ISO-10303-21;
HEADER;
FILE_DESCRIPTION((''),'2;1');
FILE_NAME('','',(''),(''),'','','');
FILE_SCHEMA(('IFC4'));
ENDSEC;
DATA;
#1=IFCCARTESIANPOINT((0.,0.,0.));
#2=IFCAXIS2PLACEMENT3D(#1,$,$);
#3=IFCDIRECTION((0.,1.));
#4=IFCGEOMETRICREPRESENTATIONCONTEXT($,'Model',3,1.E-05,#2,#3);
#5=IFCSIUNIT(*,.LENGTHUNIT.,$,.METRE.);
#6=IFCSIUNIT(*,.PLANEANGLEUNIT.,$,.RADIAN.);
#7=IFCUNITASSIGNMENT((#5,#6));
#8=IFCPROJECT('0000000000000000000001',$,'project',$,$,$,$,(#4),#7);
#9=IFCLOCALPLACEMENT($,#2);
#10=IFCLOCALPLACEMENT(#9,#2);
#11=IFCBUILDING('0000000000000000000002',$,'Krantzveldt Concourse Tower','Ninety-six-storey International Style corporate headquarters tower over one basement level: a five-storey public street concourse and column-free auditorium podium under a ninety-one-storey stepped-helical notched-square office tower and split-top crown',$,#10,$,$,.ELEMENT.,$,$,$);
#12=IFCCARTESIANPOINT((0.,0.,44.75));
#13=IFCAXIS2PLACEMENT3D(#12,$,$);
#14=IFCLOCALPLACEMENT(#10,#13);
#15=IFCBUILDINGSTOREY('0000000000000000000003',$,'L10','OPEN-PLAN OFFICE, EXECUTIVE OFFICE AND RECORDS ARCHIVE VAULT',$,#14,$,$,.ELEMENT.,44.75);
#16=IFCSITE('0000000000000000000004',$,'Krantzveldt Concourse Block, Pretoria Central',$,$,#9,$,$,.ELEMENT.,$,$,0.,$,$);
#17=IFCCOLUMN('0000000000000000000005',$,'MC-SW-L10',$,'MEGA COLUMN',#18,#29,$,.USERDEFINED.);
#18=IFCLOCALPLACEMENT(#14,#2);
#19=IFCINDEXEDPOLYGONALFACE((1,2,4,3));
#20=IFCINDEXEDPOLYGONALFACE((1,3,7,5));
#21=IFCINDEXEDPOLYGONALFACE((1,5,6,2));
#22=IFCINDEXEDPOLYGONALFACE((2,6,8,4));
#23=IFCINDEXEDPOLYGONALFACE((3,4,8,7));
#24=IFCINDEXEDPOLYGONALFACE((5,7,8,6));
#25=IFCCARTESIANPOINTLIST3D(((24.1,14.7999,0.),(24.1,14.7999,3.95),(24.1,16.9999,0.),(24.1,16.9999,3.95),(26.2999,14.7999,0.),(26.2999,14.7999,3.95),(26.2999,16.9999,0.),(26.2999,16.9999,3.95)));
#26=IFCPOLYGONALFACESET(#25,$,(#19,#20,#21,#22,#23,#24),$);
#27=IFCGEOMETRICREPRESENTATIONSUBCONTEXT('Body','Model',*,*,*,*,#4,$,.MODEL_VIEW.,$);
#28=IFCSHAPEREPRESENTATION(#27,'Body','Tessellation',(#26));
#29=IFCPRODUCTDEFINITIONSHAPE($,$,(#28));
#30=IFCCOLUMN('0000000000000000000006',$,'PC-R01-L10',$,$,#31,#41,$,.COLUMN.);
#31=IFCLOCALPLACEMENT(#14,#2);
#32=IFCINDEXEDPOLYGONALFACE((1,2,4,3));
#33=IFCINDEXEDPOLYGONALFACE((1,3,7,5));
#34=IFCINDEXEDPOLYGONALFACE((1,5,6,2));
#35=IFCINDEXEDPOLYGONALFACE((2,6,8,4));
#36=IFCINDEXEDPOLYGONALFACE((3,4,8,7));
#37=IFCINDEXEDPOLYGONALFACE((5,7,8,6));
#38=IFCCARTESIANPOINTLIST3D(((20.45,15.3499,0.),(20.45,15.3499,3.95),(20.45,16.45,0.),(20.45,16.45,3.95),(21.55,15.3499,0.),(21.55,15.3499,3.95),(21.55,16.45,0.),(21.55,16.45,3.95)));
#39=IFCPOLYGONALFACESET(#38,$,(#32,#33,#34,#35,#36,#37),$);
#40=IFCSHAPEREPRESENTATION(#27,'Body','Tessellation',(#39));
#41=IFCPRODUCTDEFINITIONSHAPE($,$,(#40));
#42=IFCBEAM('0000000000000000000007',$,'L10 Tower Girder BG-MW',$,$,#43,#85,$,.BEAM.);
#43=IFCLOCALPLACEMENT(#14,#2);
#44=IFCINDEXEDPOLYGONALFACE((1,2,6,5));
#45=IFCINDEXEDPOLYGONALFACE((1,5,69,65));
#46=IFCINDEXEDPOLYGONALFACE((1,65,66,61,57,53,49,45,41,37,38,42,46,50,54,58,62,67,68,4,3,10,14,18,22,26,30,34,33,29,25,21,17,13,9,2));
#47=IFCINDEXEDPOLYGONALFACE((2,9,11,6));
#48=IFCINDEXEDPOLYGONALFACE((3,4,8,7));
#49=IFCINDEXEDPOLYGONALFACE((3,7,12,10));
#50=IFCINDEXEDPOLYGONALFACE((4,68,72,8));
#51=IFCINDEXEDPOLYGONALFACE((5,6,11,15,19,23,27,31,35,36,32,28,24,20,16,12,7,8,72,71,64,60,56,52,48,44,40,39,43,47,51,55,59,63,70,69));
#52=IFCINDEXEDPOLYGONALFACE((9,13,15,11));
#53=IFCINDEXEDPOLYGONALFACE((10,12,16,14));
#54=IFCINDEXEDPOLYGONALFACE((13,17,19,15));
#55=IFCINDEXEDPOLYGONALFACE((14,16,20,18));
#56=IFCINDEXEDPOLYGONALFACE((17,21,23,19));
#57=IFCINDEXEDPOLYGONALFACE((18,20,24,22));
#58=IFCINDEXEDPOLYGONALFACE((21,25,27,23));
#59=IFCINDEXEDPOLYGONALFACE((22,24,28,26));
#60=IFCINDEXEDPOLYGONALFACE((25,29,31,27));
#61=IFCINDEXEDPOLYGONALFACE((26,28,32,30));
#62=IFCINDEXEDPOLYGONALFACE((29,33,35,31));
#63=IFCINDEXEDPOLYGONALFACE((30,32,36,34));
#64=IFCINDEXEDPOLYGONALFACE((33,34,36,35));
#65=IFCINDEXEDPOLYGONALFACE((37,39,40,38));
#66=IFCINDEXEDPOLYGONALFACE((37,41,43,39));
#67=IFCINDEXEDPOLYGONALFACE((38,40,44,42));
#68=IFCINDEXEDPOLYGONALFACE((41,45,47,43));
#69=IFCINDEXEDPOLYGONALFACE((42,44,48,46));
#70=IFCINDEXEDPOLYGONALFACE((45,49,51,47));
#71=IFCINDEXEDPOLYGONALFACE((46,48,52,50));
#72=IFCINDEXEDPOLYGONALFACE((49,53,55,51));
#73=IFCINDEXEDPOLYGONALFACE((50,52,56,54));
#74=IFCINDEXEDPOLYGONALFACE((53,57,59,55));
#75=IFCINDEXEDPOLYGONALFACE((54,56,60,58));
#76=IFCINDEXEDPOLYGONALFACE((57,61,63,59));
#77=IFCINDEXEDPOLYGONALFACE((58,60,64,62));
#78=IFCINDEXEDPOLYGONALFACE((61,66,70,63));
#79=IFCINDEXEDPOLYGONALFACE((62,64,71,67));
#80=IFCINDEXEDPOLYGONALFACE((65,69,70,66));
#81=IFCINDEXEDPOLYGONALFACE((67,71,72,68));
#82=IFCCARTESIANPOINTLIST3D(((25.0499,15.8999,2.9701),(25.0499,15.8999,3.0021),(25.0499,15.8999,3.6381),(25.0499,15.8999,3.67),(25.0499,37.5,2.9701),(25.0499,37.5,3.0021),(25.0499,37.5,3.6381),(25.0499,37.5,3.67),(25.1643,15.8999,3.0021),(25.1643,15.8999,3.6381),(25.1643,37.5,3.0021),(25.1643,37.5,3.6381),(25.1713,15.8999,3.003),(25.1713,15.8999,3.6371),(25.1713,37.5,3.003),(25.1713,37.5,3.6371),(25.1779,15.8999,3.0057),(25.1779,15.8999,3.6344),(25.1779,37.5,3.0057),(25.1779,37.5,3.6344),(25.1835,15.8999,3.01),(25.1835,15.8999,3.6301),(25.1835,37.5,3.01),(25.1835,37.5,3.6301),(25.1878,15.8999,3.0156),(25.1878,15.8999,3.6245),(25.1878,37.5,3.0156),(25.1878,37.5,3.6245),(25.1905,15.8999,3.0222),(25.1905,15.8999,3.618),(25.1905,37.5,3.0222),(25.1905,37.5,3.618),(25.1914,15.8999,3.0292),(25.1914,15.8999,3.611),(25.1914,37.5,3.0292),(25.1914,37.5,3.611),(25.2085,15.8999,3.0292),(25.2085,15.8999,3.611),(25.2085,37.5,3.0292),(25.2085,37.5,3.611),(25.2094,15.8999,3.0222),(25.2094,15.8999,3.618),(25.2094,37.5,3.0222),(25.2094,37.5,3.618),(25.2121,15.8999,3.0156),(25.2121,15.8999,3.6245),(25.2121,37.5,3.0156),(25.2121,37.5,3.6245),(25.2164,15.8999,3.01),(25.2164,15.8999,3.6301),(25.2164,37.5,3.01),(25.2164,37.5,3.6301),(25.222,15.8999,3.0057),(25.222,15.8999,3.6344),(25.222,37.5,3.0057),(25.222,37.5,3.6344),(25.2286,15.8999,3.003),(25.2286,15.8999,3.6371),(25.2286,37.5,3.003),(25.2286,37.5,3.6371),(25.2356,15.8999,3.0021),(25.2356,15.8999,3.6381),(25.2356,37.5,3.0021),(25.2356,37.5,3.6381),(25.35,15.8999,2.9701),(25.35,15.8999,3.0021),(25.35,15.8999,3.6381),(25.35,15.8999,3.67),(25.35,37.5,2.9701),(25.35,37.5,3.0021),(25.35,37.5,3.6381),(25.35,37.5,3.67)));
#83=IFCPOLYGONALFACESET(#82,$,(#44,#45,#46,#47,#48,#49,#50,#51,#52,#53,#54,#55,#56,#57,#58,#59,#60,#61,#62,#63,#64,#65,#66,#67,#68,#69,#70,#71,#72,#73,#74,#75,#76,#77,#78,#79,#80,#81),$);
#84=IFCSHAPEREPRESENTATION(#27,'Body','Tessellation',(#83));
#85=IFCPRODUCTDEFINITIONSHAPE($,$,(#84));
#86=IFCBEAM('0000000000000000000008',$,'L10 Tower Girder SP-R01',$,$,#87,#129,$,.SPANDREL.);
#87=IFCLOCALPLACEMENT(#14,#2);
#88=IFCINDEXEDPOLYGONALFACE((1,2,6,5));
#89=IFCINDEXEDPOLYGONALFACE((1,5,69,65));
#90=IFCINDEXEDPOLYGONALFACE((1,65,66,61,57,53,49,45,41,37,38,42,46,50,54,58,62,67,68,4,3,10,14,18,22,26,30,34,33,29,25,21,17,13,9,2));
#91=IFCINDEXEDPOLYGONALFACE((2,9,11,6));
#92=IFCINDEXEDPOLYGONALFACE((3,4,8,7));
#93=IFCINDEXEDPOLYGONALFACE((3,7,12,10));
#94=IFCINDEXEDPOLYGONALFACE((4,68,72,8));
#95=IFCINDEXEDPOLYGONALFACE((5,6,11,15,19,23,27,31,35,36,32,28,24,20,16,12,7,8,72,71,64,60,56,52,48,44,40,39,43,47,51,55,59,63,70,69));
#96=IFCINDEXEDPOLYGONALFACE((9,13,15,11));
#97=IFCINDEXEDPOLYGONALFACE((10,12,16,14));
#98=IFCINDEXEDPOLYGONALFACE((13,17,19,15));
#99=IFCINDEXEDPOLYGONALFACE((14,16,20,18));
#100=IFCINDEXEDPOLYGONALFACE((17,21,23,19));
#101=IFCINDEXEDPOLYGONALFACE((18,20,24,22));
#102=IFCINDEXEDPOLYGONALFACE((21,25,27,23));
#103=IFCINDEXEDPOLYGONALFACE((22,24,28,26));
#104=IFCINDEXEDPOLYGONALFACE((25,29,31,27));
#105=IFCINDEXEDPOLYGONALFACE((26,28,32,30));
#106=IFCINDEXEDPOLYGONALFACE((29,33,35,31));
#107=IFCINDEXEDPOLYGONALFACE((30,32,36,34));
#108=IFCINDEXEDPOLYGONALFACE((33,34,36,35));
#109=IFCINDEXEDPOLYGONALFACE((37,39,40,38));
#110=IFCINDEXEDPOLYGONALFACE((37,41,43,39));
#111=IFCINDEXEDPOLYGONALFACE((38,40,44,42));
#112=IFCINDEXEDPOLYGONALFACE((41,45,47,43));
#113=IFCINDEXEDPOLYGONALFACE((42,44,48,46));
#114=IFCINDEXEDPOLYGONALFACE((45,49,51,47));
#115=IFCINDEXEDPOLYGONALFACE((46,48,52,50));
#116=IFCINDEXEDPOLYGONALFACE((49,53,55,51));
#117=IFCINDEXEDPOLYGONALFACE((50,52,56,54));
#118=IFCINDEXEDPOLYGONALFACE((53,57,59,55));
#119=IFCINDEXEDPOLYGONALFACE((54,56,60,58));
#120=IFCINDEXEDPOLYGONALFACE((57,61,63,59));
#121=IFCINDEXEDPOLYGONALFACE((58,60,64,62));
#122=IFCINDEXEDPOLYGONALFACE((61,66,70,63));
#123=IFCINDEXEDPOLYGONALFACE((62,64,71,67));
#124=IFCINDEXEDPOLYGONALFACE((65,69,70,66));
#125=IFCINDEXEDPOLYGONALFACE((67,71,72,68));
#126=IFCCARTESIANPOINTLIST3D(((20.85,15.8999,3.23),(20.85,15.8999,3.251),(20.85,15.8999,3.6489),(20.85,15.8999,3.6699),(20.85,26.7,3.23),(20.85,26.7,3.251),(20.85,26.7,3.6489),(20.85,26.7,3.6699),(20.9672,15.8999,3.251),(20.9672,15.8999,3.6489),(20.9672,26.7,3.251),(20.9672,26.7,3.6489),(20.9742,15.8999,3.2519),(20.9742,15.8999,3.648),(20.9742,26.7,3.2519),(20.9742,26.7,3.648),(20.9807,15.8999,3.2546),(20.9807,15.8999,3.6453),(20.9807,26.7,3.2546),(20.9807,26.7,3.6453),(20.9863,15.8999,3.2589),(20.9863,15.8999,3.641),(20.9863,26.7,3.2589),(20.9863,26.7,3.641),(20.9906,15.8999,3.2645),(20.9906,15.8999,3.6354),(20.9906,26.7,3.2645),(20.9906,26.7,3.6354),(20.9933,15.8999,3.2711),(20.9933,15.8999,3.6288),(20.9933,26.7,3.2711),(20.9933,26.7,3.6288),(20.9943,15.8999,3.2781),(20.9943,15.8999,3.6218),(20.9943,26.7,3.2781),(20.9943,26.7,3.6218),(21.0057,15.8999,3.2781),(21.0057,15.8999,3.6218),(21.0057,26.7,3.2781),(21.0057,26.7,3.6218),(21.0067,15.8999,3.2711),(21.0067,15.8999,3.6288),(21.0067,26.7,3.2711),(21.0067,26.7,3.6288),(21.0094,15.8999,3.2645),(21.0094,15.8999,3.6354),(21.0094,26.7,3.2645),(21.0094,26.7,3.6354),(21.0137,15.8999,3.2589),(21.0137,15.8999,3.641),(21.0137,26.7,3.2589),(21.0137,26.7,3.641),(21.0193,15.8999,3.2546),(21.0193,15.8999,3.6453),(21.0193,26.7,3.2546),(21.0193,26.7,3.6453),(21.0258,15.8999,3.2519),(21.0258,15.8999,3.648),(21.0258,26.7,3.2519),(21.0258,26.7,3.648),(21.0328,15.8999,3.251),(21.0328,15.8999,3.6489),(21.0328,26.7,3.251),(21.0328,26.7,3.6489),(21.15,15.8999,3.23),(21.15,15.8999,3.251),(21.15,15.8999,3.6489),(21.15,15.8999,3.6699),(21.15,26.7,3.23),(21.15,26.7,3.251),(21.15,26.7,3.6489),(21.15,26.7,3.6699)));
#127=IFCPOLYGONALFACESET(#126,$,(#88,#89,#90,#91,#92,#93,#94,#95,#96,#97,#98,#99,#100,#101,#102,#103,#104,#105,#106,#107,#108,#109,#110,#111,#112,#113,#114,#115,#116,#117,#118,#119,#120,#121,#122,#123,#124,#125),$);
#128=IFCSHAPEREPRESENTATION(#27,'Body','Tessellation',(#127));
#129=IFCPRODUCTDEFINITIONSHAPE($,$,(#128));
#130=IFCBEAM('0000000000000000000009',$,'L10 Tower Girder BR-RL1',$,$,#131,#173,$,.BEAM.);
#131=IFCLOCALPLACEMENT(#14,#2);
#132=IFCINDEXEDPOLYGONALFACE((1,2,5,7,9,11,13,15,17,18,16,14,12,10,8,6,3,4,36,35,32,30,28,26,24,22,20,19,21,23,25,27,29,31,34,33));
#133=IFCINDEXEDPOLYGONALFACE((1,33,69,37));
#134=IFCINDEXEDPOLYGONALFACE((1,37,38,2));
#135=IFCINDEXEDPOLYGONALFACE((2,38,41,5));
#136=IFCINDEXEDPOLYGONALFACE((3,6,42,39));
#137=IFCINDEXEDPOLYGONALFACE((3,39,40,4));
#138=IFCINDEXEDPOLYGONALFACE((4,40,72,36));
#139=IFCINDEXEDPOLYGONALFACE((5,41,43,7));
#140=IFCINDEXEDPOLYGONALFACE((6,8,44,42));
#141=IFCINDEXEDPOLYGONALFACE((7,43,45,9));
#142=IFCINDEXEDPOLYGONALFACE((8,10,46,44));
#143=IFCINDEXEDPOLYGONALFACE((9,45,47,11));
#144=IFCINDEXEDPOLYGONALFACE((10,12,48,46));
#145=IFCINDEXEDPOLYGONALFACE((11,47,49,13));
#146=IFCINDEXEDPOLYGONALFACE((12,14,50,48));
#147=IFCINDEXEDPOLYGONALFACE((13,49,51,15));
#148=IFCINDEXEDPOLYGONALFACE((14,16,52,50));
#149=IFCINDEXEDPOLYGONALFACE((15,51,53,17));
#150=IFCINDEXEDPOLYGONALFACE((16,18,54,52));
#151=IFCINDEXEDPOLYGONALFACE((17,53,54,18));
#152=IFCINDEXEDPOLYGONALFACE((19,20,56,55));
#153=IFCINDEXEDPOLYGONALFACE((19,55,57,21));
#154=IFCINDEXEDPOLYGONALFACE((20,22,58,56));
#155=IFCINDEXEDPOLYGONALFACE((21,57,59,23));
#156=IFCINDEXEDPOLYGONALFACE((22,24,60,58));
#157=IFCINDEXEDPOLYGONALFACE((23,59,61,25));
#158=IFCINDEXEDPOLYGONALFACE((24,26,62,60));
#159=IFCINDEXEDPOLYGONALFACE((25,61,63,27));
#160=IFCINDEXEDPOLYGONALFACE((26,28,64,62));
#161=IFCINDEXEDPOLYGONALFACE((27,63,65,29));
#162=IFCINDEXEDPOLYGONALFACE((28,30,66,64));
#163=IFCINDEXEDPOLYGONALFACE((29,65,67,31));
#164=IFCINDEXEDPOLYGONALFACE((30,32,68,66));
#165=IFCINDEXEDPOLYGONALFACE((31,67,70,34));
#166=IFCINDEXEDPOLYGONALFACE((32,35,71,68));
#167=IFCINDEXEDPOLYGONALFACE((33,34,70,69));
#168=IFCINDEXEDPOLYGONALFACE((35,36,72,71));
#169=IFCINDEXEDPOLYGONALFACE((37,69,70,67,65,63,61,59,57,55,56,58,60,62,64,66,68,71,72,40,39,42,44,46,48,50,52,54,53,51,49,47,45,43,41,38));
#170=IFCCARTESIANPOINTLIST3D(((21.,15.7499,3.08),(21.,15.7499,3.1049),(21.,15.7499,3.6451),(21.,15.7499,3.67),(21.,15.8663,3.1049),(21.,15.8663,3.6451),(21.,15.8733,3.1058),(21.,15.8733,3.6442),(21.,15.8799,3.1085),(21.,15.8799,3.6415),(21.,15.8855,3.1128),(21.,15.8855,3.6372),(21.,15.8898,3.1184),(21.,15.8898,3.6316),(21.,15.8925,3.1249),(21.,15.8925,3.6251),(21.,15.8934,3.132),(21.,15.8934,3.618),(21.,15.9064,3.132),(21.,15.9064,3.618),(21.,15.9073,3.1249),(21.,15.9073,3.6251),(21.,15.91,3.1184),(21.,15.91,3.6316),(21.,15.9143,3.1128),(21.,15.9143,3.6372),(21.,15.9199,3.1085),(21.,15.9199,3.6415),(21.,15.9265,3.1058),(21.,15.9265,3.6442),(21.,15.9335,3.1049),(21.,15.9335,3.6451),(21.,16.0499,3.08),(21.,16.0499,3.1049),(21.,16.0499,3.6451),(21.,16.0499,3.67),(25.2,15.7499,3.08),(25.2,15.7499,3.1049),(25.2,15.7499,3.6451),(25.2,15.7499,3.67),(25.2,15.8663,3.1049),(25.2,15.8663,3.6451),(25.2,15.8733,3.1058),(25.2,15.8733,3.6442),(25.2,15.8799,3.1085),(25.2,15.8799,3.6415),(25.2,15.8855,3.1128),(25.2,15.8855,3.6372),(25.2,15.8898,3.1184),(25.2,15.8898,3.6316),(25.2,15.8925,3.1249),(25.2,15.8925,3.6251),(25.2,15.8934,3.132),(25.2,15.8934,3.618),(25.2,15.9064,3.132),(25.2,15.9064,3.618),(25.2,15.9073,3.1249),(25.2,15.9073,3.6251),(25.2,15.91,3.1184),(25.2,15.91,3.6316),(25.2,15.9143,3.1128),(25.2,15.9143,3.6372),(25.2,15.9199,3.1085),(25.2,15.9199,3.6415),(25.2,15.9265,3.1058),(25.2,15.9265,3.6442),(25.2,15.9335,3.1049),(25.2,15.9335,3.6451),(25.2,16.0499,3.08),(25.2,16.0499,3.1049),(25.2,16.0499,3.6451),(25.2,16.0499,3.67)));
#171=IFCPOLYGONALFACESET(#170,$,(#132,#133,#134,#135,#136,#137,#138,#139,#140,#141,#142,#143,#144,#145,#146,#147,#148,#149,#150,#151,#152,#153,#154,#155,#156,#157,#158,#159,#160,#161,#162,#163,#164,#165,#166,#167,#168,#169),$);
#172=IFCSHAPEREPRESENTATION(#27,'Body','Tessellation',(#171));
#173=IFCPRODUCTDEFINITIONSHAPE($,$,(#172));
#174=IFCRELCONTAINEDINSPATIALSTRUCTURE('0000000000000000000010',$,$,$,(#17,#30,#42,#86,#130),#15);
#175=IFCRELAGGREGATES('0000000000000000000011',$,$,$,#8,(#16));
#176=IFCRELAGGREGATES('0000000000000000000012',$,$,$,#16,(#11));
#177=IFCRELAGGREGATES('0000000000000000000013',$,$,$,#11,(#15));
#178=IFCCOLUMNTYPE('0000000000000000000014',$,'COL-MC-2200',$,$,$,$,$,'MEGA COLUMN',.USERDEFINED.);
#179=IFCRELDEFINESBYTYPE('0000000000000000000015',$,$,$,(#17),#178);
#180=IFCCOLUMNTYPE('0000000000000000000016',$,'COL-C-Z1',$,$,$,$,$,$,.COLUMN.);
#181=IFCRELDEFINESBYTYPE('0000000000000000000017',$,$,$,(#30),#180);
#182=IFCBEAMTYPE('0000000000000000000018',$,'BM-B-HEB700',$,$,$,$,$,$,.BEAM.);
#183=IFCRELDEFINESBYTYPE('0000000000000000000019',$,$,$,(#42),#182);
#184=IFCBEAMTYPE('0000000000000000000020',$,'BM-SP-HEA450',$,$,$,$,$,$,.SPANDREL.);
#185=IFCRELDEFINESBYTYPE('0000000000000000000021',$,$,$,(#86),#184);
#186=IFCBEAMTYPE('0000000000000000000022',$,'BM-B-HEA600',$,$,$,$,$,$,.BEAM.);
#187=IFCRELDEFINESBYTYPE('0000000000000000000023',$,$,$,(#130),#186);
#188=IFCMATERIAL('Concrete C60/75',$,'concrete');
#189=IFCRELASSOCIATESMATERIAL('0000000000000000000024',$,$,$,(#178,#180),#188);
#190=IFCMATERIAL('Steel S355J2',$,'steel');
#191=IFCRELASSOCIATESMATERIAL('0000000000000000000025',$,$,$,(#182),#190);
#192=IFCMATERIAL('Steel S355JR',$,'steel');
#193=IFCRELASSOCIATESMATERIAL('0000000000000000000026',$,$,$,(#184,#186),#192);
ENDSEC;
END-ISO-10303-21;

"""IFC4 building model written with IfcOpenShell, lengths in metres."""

from ifc_helpers import new_model, si_unit, direction, frame, origin, origin_2d, place, context, subcontext, project, spatial, rectangle, i_section, extrude, source, transform, mapped, material, material_profile, profile_set, type_object, type_shapes, element, save


model = new_model("IFC4")

# Units and contexts
model_context = context("Model", 3, precision=1e-05, world=origin(), true_north=direction((0.0, 1.0)))
body_context = subcontext(model_context, "Body", "Model", "MODEL_VIEW")
ifc_project = project(units=[si_unit("LENGTHUNIT", "METRE"), si_unit("PLANEANGLEUNIT", "RADIAN")], contexts=[model_context])

# Site, building, storey
site_placement = place(None, origin())
site = spatial("IfcSite", under=ifc_project, at=site_placement, Name="Krantzveldt Concourse Block, Pretoria Central", CompositionType="ELEMENT", RefElevation=0.0)
building_placement = place(site_placement, origin())
building = spatial("IfcBuilding", under=site, at=building_placement, Name="Krantzveldt Concourse Tower", Description="Ninety-six-storey International Style corporate headquarters tower over one basement level: a five-storey public street concourse and column-free auditorium podium under a ninety-one-storey stepped-helical notched-square office tower and split-top crown", CompositionType="ELEMENT")
storey_placement = place(building_placement, frame((0.0, 0.0, 44.75)))
storey = spatial("IfcBuildingStorey", under=building, at=storey_placement, Name="L10", Description="OPEN-PLAN OFFICE, EXECUTIVE OFFICE AND RECORDS ARCHIVE VAULT", CompositionType="ELEMENT", Elevation=44.75)

# Columns
ifc_material_1 = material(Name="Concrete C60/75", Category="concrete")
ifc_material_profile_1 = material_profile(ifc_material_1, rectangle(XDim=2.2, YDim=2.2, at=origin_2d()), Name="Concrete C60/75", Category="concrete")
ifc_profile_set_1 = profile_set([ifc_material_profile_1], Name="Concrete C60/75 - RC 2200x2200")
column_type_1 = type_object("IfcColumnType", Name="COL-MC-2200", ElementType="MEGA COLUMN", PredefinedType="USERDEFINED", material=ifc_profile_set_1)
shared_shape_1 = source(origin(), body_context, "Body", "SweptSolid", [
    extrude(rectangle(XDim=2.2, YDim=2.2, at=origin_2d()), origin(), (0.0, 0.0, 1.0), 3.95),
])
type_shapes(column_type_1, [shared_shape_1])
column_1_placement = place(storey_placement, frame((25.2, 15.8999, 0.0), z_axis=(0.0, 0.0, 1.0), x_axis=(1.0, 0.0, 0.0)))
element("IfcColumn", 1, at=column_1_placement, inside=storey, type_object=column_type_1, Name="MC-SW-L10", ObjectType="MEGA COLUMN", PredefinedType="USERDEFINED", context=body_context, shape_type="MappedRepresentation", body=[
    mapped(shared_shape_1, transform((0.0, 0.0, 0.0), x_axis=(1.0, 0.0, 0.0), y_axis=(0.0, 1.0, 0.0), z_axis=(0.0, 0.0, 1.0), scale=1.0)),
])
ifc_material_profile_2 = material_profile(ifc_material_1, rectangle(XDim=1.1001, YDim=1.1001, at=origin_2d()), Name="Concrete C60/75", Category="concrete")
ifc_profile_set_2 = profile_set([ifc_material_profile_2], Name="Concrete C60/75 - RC 1100x1100")
column_type_2 = type_object("IfcColumnType", Name="COL-C-Z1", PredefinedType="COLUMN", material=ifc_profile_set_2)
shared_shape_2 = source(origin(), body_context, "Body", "SweptSolid", [
    extrude(rectangle(XDim=1.1001, YDim=1.1001, at=origin_2d()), origin(), (0.0, 0.0, 1.0), 3.95),
])
type_shapes(column_type_2, [shared_shape_2])
column_2_placement = place(storey_placement, frame((21.0, 15.8999, 0.0), z_axis=(0.0, 0.0, 1.0), x_axis=(1.0, 0.0, 0.0)))
element("IfcColumn", 2, at=column_2_placement, inside=storey, type_object=column_type_2, Name="PC-R01-L10", PredefinedType="COLUMN", context=body_context, shape_type="MappedRepresentation", body=[
    mapped(shared_shape_2, transform((0.0, 0.0, 0.0), x_axis=(1.0, 0.0, 0.0), y_axis=(0.0, 1.0, 0.0), z_axis=(0.0, 0.0, 1.0), scale=1.0)),
])

# Beams
ifc_material_2 = material(Name="Steel S355J2", Category="steel")
ifc_material_profile_3 = material_profile(ifc_material_2, i_section(OverallWidth=0.3, OverallDepth=0.7, WebThickness=0.0171, FlangeThickness=0.032, FilletRadius=0.0271, at=origin_2d()), Name="Steel S355J2", Category="steel")
ifc_profile_set_3 = profile_set([ifc_material_profile_3], Name="Steel S355J2 - HEB 700")
beam_type_1 = type_object("IfcBeamType", Name="BM-B-HEB700", PredefinedType="BEAM", material=ifc_profile_set_3)
shared_shape_3 = source(origin(), body_context, "Body", "SweptSolid", [
    extrude(i_section(OverallWidth=0.3, OverallDepth=0.7, WebThickness=0.0171, FlangeThickness=0.032, FilletRadius=0.0271, at=origin_2d()), origin(), (0.0, 0.0, 1.0), 21.6001),
])
type_shapes(beam_type_1, [shared_shape_3])
beam_1_placement = place(storey_placement, frame((25.2, 15.8999, 3.3201), z_axis=(0.0, 1.0, 0.0), x_axis=(-1.0, 0.0, 0.0)))
element("IfcBeam", 3, at=beam_1_placement, inside=storey, type_object=beam_type_1, Name="L10 Tower Girder BG-MW", PredefinedType="BEAM", context=body_context, shape_type="MappedRepresentation", body=[
    mapped(shared_shape_3, transform((0.0, 0.0, 0.0), x_axis=(1.0, 0.0, 0.0), y_axis=(0.0, 1.0, 0.0), z_axis=(0.0, 0.0, 1.0), scale=1.0)),
])
ifc_material_3 = material(Name="Steel S355JR", Category="steel")
ifc_material_profile_4 = material_profile(ifc_material_3, i_section(OverallWidth=0.3, OverallDepth=0.4399, WebThickness=0.0115, FlangeThickness=0.021, FilletRadius=0.0271, at=origin_2d()), Name="Steel S355JR", Category="steel")
ifc_profile_set_4 = profile_set([ifc_material_profile_4], Name="Steel S355JR - HEA 450")
beam_type_2 = type_object("IfcBeamType", Name="BM-SP-HEA450", PredefinedType="SPANDREL", material=ifc_profile_set_4)
shared_shape_4 = source(origin(), body_context, "Body", "SweptSolid", [
    extrude(i_section(OverallWidth=0.3, OverallDepth=0.4399, WebThickness=0.0115, FlangeThickness=0.021, FilletRadius=0.0271, at=origin_2d()), origin(), (0.0, 0.0, 1.0), 10.8),
])
type_shapes(beam_type_2, [shared_shape_4])
beam_2_placement = place(storey_placement, frame((21.0, 15.8999, 3.45), z_axis=(0.0, 1.0, 0.0), x_axis=(-1.0, 0.0, 0.0)))
element("IfcBeam", 4, at=beam_2_placement, inside=storey, type_object=beam_type_2, Name="L10 Tower Girder SP-R01", PredefinedType="SPANDREL", context=body_context, shape_type="MappedRepresentation", body=[
    mapped(shared_shape_4, transform((0.0, 0.0, 0.0), x_axis=(1.0, 0.0, 0.0), y_axis=(0.0, 1.0, 0.0), z_axis=(0.0, 0.0, 1.0), scale=1.0)),
])
ifc_material_profile_5 = material_profile(ifc_material_3, i_section(OverallWidth=0.3, OverallDepth=0.5901, WebThickness=0.0129, FlangeThickness=0.0249, FilletRadius=0.0271, at=origin_2d()), Name="Steel S355JR", Category="steel")
ifc_profile_set_5 = profile_set([ifc_material_profile_5], Name="Steel S355JR - HEA 600")
beam_type_3 = type_object("IfcBeamType", Name="BM-B-HEA600", PredefinedType="BEAM", material=ifc_profile_set_5)
shared_shape_5 = source(origin(), body_context, "Body", "SweptSolid", [
    extrude(i_section(OverallWidth=0.3, OverallDepth=0.5901, WebThickness=0.0129, FlangeThickness=0.0249, FilletRadius=0.0271, at=origin_2d()), origin(), (0.0, 0.0, 1.0), 4.2),
])
beam_3_placement = place(storey_placement, frame((21.0, 15.8999, 3.375), z_axis=(1.0, 0.0, 0.0), x_axis=(0.0, 1.0, 0.0)))
element("IfcBeam", 5, at=beam_3_placement, inside=storey, type_object=beam_type_3, Name="L10 Tower Girder BR-RL1", PredefinedType="BEAM", context=body_context, shape_type="MappedRepresentation", body=[
    mapped(shared_shape_5, transform((0.0, 0.0, 0.0), x_axis=(1.0, 0.0, 0.0), y_axis=(0.0, 1.0, 0.0), z_axis=(0.0, 0.0, 1.0), scale=1.0)),
])

save(model, "model.ifc")
